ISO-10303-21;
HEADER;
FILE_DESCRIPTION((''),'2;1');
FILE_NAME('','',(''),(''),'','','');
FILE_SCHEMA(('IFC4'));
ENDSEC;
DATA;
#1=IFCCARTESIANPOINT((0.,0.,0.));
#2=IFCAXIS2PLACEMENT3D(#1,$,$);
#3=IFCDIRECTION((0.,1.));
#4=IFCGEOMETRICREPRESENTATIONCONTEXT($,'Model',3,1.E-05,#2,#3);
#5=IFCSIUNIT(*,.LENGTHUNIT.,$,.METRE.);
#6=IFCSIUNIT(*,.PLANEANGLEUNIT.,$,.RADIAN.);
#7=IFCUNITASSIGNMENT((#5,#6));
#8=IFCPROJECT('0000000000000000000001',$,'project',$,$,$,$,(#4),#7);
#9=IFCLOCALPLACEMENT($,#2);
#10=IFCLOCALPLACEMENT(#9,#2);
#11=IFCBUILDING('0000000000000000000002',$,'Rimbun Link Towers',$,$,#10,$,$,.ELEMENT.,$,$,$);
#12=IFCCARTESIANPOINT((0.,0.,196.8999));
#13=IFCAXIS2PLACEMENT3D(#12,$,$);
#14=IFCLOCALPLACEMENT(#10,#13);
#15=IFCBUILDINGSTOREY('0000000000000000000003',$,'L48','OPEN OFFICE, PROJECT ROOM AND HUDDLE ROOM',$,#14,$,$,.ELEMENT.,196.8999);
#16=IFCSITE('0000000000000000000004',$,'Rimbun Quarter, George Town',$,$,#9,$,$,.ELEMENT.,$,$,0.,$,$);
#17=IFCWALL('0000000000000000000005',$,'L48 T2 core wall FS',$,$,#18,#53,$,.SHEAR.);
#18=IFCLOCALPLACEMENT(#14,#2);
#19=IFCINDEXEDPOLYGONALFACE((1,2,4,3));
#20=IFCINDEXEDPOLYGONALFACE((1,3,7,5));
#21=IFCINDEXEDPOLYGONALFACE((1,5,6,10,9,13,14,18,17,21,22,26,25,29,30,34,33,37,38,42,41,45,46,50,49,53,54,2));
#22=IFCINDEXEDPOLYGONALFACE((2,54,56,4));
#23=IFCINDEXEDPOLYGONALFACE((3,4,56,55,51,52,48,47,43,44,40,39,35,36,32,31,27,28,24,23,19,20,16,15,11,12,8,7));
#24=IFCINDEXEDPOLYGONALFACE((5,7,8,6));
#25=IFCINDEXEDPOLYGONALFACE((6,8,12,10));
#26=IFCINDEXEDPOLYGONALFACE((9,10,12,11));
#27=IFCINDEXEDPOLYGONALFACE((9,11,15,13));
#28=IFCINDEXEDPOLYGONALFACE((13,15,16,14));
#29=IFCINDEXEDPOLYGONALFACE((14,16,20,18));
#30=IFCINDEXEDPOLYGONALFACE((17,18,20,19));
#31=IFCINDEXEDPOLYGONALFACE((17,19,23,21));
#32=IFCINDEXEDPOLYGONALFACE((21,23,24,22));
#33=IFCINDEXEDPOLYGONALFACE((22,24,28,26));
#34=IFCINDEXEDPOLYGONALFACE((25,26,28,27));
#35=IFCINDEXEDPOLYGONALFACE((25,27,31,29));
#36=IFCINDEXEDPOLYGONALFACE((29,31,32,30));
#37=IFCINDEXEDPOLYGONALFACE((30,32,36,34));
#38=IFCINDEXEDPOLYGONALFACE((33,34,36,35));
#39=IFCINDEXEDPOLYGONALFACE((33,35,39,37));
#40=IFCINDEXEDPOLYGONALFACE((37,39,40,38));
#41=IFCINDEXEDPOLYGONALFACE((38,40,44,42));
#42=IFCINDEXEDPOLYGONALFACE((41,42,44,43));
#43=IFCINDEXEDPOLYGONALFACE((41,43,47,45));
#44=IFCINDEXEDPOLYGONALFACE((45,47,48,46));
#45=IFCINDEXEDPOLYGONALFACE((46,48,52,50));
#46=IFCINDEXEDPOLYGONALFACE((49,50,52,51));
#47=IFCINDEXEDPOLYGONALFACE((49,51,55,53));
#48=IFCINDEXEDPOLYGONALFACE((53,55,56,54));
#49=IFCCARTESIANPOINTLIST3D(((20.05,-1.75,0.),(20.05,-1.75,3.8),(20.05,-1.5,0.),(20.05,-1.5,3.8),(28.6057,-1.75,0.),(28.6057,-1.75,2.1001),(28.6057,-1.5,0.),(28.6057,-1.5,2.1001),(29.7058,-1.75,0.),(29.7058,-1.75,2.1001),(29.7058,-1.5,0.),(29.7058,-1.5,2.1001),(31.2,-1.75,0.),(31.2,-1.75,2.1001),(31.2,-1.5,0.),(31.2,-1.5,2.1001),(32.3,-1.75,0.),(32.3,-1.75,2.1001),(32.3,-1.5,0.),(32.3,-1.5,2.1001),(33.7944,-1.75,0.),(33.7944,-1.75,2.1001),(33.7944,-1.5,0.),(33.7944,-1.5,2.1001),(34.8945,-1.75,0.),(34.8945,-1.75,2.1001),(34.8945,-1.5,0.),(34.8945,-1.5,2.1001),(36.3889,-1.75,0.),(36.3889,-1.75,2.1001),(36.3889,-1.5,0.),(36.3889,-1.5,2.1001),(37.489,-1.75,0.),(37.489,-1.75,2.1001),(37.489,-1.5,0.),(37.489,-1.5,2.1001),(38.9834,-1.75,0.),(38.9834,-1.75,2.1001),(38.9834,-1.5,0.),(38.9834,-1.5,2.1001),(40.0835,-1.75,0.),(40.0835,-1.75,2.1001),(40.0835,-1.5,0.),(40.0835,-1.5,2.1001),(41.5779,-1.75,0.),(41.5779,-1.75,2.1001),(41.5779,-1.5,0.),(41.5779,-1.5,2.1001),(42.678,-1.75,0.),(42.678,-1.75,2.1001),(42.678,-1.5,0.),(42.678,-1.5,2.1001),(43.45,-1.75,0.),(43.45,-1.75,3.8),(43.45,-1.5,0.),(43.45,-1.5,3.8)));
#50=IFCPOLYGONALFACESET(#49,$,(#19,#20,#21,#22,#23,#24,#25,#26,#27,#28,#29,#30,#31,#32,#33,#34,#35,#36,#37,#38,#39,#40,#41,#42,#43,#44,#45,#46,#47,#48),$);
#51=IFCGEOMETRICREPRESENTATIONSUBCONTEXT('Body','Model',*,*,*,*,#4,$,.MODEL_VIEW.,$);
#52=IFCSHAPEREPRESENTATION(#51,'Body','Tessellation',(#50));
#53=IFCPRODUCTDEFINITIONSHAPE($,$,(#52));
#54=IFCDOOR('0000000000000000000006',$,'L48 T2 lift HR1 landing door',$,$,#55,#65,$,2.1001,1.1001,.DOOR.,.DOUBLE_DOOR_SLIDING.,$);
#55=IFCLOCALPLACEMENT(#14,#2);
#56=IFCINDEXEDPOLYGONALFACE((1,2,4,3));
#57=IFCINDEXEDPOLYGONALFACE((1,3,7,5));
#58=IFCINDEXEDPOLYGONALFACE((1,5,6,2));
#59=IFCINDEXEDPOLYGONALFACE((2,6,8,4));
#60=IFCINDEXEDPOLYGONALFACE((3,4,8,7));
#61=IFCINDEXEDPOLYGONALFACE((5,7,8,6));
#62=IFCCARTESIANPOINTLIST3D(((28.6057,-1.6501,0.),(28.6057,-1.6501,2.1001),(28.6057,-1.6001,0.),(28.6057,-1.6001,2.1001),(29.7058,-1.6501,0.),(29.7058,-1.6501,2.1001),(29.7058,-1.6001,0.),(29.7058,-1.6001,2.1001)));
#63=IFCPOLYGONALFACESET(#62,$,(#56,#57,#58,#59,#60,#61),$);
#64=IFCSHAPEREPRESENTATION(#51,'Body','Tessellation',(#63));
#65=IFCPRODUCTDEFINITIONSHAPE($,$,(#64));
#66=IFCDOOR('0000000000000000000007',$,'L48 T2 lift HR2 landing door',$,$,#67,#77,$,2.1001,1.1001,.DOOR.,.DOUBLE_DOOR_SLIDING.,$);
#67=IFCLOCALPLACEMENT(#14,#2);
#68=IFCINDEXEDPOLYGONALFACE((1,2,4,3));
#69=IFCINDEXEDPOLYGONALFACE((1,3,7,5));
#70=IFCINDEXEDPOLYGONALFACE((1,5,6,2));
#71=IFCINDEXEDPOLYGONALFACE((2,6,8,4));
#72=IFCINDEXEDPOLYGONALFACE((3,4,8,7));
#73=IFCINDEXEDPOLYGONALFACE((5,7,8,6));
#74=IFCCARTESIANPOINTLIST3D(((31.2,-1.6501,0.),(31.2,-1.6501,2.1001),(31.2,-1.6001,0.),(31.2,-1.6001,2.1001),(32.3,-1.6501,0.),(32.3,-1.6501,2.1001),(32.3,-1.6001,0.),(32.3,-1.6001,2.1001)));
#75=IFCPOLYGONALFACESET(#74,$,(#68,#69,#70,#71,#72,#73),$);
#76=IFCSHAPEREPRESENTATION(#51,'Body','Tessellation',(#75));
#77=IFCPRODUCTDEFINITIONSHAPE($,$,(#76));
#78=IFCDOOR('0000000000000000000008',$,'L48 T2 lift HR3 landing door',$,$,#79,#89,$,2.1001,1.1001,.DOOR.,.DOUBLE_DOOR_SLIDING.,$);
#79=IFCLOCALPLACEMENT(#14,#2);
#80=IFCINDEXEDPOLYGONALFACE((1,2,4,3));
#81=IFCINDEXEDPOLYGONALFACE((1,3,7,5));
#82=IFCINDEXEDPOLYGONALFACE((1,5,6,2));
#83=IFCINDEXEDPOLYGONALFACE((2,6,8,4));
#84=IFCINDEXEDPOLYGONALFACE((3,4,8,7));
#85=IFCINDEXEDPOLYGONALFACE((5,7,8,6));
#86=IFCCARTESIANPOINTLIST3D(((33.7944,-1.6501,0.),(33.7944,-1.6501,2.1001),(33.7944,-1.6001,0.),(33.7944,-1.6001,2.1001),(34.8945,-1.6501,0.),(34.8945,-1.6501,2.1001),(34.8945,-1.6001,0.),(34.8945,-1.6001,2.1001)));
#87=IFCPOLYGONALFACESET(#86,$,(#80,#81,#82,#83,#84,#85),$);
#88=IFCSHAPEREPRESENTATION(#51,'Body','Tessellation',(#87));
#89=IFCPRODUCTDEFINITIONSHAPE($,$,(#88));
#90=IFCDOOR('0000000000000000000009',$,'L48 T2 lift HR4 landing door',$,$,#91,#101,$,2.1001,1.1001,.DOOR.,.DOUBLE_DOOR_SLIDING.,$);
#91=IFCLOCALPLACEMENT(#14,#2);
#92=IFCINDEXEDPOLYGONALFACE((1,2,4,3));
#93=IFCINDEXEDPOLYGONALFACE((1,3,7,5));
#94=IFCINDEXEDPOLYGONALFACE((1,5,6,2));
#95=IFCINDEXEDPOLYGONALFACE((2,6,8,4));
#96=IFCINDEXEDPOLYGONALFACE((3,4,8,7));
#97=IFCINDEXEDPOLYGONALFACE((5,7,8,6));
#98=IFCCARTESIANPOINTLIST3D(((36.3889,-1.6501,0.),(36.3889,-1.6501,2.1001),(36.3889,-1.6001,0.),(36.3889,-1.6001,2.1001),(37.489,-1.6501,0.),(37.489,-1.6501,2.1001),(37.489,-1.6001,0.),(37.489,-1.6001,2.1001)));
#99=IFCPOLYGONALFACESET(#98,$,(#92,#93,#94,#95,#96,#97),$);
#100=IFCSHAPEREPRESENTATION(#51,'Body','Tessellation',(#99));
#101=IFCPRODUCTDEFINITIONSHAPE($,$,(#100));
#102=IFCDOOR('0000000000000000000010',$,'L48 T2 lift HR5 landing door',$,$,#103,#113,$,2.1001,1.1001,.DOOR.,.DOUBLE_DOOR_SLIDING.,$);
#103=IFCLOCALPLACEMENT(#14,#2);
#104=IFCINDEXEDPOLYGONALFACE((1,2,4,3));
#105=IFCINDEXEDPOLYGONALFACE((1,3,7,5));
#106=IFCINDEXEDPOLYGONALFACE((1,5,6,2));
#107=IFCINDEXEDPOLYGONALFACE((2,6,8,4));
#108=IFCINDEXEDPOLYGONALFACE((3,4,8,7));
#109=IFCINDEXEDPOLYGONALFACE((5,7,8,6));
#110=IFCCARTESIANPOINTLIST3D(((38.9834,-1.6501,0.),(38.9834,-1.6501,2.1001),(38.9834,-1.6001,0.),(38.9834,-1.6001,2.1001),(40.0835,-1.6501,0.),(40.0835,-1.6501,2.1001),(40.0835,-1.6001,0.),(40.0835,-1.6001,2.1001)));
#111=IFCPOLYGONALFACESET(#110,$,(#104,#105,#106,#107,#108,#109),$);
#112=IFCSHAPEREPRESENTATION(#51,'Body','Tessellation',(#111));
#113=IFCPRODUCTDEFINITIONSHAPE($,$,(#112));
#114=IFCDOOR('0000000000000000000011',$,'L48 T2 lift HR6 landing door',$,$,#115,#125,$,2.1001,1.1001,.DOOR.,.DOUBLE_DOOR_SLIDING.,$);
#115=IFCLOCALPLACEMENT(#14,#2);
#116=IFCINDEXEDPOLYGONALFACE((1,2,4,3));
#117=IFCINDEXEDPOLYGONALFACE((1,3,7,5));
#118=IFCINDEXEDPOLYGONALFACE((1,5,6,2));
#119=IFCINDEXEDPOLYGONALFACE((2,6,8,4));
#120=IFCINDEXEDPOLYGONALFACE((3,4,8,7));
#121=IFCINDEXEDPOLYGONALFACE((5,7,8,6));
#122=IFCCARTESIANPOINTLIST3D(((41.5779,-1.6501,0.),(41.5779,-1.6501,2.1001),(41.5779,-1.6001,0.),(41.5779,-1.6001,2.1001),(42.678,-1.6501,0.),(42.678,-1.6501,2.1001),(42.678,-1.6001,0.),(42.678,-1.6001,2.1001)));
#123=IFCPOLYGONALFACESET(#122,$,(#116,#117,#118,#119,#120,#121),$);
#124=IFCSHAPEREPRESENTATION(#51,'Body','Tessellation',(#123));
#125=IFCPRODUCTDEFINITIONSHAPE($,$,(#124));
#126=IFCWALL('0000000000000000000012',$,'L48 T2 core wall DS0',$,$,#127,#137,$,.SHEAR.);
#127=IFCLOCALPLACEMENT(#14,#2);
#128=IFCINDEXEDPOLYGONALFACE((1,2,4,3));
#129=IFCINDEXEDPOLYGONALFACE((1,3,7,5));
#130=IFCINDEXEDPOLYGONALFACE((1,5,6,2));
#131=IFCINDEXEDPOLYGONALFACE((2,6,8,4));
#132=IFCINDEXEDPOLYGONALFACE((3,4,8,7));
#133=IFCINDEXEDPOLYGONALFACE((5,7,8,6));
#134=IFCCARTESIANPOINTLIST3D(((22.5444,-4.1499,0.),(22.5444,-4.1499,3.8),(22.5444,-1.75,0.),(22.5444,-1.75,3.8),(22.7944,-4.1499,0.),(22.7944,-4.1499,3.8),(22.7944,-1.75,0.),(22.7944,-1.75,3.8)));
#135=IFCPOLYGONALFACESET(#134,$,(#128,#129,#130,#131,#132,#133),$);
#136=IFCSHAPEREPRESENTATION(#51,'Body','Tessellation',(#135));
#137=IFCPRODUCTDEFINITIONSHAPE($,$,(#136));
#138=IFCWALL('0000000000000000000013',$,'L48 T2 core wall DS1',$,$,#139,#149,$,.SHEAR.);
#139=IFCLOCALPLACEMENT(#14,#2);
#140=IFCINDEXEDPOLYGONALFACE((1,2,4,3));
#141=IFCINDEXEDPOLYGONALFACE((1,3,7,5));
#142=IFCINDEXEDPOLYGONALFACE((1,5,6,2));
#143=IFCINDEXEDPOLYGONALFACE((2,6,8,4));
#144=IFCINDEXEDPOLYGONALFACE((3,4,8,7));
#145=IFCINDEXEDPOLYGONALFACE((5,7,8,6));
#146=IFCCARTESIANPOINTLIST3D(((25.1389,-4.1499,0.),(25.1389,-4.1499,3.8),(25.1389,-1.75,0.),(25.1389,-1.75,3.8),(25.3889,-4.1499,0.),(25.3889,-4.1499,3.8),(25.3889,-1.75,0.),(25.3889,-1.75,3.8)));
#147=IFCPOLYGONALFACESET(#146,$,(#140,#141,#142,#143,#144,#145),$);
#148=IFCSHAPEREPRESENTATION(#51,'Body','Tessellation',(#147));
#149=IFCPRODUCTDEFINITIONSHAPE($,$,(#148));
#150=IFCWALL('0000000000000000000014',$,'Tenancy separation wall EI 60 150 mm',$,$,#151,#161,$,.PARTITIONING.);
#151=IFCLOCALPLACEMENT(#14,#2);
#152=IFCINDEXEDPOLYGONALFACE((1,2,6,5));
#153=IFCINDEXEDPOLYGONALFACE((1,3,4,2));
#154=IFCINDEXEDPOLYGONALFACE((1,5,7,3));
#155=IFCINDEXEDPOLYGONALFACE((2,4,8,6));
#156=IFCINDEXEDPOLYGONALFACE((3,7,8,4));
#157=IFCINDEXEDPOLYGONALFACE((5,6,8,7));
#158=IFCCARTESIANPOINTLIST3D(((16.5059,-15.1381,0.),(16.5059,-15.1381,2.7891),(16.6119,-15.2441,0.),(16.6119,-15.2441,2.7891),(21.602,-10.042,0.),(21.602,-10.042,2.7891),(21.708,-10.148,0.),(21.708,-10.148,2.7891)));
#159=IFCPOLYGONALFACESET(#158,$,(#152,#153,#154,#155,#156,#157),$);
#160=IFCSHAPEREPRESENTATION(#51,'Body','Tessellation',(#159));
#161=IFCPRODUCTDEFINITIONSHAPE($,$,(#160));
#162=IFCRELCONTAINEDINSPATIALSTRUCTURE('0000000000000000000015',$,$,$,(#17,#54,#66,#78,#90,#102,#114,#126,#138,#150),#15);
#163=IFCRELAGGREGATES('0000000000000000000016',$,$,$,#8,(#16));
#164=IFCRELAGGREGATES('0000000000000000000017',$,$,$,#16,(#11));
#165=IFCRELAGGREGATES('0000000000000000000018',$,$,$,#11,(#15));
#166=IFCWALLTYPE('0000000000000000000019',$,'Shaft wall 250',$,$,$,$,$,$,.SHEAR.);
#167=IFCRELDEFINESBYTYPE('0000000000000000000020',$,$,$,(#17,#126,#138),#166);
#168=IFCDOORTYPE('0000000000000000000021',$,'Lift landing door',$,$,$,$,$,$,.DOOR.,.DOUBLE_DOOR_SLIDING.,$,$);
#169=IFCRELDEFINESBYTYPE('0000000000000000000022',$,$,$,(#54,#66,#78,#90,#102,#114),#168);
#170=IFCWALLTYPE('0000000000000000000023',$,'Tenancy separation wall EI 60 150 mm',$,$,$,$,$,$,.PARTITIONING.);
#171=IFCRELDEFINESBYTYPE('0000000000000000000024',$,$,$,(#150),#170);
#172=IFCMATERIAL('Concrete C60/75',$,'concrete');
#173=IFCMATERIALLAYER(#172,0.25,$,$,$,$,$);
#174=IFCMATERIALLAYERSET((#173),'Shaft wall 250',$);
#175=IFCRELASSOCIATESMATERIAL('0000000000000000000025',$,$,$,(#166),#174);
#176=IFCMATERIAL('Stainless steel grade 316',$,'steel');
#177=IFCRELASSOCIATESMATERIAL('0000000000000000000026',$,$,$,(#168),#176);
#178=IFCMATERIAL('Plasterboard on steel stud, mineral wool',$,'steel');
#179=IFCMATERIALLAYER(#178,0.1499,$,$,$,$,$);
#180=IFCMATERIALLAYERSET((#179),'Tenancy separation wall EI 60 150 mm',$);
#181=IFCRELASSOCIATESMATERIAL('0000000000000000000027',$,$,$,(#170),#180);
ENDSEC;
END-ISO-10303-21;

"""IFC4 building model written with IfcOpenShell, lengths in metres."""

from ifc_helpers import new_model, si_unit, direction, frame, frame_2d, origin, place, context, subcontext, project, spatial, rectangle, extrude, material, layer, layer_set, type_object, element, fill, save


model = new_model("IFC4")

# Units and contexts
model_context = context("Model", 3, precision=1e-05, world=origin(), true_north=direction((0.0, 1.0)))
body_context = subcontext(model_context, "Body", "Model", "MODEL_VIEW")
ifc_project = project(units=[si_unit("LENGTHUNIT", "METRE"), si_unit("PLANEANGLEUNIT", "RADIAN")], contexts=[model_context])

# Site, building, storey
site_placement = place(None, origin())
site = spatial("IfcSite", under=ifc_project, at=site_placement, Name="Rimbun Quarter, George Town", CompositionType="ELEMENT", RefElevation=0.0)
building_placement = place(site_placement, origin())
building = spatial("IfcBuilding", under=site, at=building_placement, Name="Rimbun Link Towers", CompositionType="ELEMENT")
storey_placement = place(building_placement, frame((0.0, 0.0, 196.8999)))
storey = spatial("IfcBuildingStorey", under=building, at=storey_placement, Name="L48", Description="OPEN OFFICE, PROJECT ROOM AND HUDDLE ROOM", CompositionType="ELEMENT", Elevation=196.8999)

# Shared definitions
ifc_material_1 = material(Name="Concrete C60/75", Category="concrete")
ifc_layer_1 = layer(ifc_material_1, 0.25)
ifc_layer_set_1 = layer_set([ifc_layer_1], Name="Shaft wall 250")
wall_type_1 = type_object("IfcWallType", Name="Shaft wall 250", PredefinedType="SHEAR", material=ifc_layer_set_1)

# Wall, openings, doors
wall_1_placement = place(storey_placement, frame((20.05, -1.625, 0.0), z_axis=(0.0, 0.0, 1.0), x_axis=(1.0, 0.0, 0.0)))
wall_1 = element("IfcWall", 1, at=wall_1_placement, inside=storey, type_object=wall_type_1, Name="L48 T2 core wall FS", PredefinedType="SHEAR", context=body_context, shape_type="SweptSolid", body=[
    extrude(rectangle(XDim=23.3999, YDim=0.25, at=frame_2d((11.7, 0.0))), origin(), (0.0, 0.0, 1.0), 3.8),
])
opening_1_placement = place(wall_1_placement, frame((8.5557, 0.0, 0.0)))
opening_1 = element("IfcOpeningElement", 2, at=opening_1_placement, cuts=wall_1, PredefinedType="OPENING", context=body_context, shape_type="SweptSolid", body=[
    extrude(rectangle(XDim=1.1001, YDim=2.1001, at=frame_2d((0.55, 1.05))), frame((0.0, 0.135, 0.0), z_axis=(0.0, -1.0, 0.0), x_axis=(1.0, 0.0, 0.0)), (0.0, 0.0, 1.0), 0.27),
])
opening_2_placement = place(wall_1_placement, frame((11.1499, 0.0, 0.0)))
opening_2 = element("IfcOpeningElement", 3, at=opening_2_placement, cuts=wall_1, PredefinedType="OPENING", context=body_context, shape_type="SweptSolid", body=[
    extrude(rectangle(XDim=1.1001, YDim=2.1001, at=frame_2d((0.55, 1.05))), frame((0.0, 0.135, 0.0), z_axis=(0.0, -1.0, 0.0), x_axis=(1.0, 0.0, 0.0)), (0.0, 0.0, 1.0), 0.27),
])
opening_3_placement = place(wall_1_placement, frame((13.7444, 0.0, 0.0)))
opening_3 = element("IfcOpeningElement", 4, at=opening_3_placement, cuts=wall_1, PredefinedType="OPENING", context=body_context, shape_type="SweptSolid", body=[
    extrude(rectangle(XDim=1.1001, YDim=2.1001, at=frame_2d((0.55, 1.05))), frame((0.0, 0.135, 0.0), z_axis=(0.0, -1.0, 0.0), x_axis=(1.0, 0.0, 0.0)), (0.0, 0.0, 1.0), 0.27),
])
opening_4_placement = place(wall_1_placement, frame((16.3389, 0.0, 0.0)))
opening_4 = element("IfcOpeningElement", 5, at=opening_4_placement, cuts=wall_1, PredefinedType="OPENING", context=body_context, shape_type="SweptSolid", body=[
    extrude(rectangle(XDim=1.1001, YDim=2.1001, at=frame_2d((0.55, 1.05))), frame((0.0, 0.135, 0.0), z_axis=(0.0, -1.0, 0.0), x_axis=(1.0, 0.0, 0.0)), (0.0, 0.0, 1.0), 0.27),
])
opening_5_placement = place(wall_1_placement, frame((18.9333, 0.0, 0.0)))
opening_5 = element("IfcOpeningElement", 6, at=opening_5_placement, cuts=wall_1, PredefinedType="OPENING", context=body_context, shape_type="SweptSolid", body=[
    extrude(rectangle(XDim=1.1001, YDim=2.1001, at=frame_2d((0.55, 1.05))), frame((0.0, 0.135, 0.0), z_axis=(0.0, -1.0, 0.0), x_axis=(1.0, 0.0, 0.0)), (0.0, 0.0, 1.0), 0.27),
])
opening_6_placement = place(wall_1_placement, frame((21.5278, 0.0, 0.0)))
opening_6 = element("IfcOpeningElement", 7, at=opening_6_placement, cuts=wall_1, PredefinedType="OPENING", context=body_context, shape_type="SweptSolid", body=[
    extrude(rectangle(XDim=1.1001, YDim=2.1001, at=frame_2d((0.55, 1.05))), frame((0.0, 0.135, 0.0), z_axis=(0.0, -1.0, 0.0), x_axis=(1.0, 0.0, 0.0)), (0.0, 0.0, 1.0), 0.27),
])
ifc_material_2 = material(Name="Stainless steel grade 316", Category="steel")
door_type = type_object("IfcDoorType", Name="Lift landing door", OperationType="DOUBLE_DOOR_SLIDING", PredefinedType="DOOR", material=ifc_material_2)
door_1_placement = place(opening_1_placement, origin())
door_1 = element("IfcDoor", 8, at=door_1_placement, inside=storey, type_object=door_type, Name="L48 T2 lift HR1 landing door", OperationType="DOUBLE_DOOR_SLIDING", OverallHeight=2.1001, OverallWidth=1.1001, PredefinedType="DOOR", context=body_context, shape_type="SweptSolid", body=[
    extrude(rectangle(XDim=1.1001, YDim=2.1001, at=frame_2d((0.55, 1.05))), frame((0.0, 0.0249, 0.0), z_axis=(0.0, -1.0, 0.0), x_axis=(1.0, 0.0, 0.0)), (0.0, 0.0, 1.0), 0.05),
])
fill(opening_1, door_1)
door_2_placement = place(opening_2_placement, origin())
door_2 = element("IfcDoor", 9, at=door_2_placement, inside=storey, type_object=door_type, Name="L48 T2 lift HR2 landing door", OperationType="DOUBLE_DOOR_SLIDING", OverallHeight=2.1001, OverallWidth=1.1001, PredefinedType="DOOR", context=body_context, shape_type="SweptSolid", body=[
    extrude(rectangle(XDim=1.1001, YDim=2.1001, at=frame_2d((0.55, 1.05))), frame((0.0, 0.0249, 0.0), z_axis=(0.0, -1.0, 0.0), x_axis=(1.0, 0.0, 0.0)), (0.0, 0.0, 1.0), 0.05),
])
fill(opening_2, door_2)
door_3_placement = place(opening_3_placement, origin())
door_3 = element("IfcDoor", 10, at=door_3_placement, inside=storey, type_object=door_type, Name="L48 T2 lift HR3 landing door", OperationType="DOUBLE_DOOR_SLIDING", OverallHeight=2.1001, OverallWidth=1.1001, PredefinedType="DOOR", context=body_context, shape_type="SweptSolid", body=[
    extrude(rectangle(XDim=1.1001, YDim=2.1001, at=frame_2d((0.55, 1.05))), frame((0.0, 0.0249, 0.0), z_axis=(0.0, -1.0, 0.0), x_axis=(1.0, 0.0, 0.0)), (0.0, 0.0, 1.0), 0.05),
])
fill(opening_3, door_3)
door_4_placement = place(opening_4_placement, origin())
door_4 = element("IfcDoor", 11, at=door_4_placement, inside=storey, type_object=door_type, Name="L48 T2 lift HR4 landing door", OperationType="DOUBLE_DOOR_SLIDING", OverallHeight=2.1001, OverallWidth=1.1001, PredefinedType="DOOR", context=body_context, shape_type="SweptSolid", body=[
    extrude(rectangle(XDim=1.1001, YDim=2.1001, at=frame_2d((0.55, 1.05))), frame((0.0, 0.0249, 0.0), z_axis=(0.0, -1.0, 0.0), x_axis=(1.0, 0.0, 0.0)), (0.0, 0.0, 1.0), 0.05),
])
fill(opening_4, door_4)
door_5_placement = place(opening_5_placement, origin())
door_5 = element("IfcDoor", 12, at=door_5_placement, inside=storey, type_object=door_type, Name="L48 T2 lift HR5 landing door", OperationType="DOUBLE_DOOR_SLIDING", OverallHeight=2.1001, OverallWidth=1.1001, PredefinedType="DOOR", context=body_context, shape_type="SweptSolid", body=[
    extrude(rectangle(XDim=1.1001, YDim=2.1001, at=frame_2d((0.55, 1.05))), frame((0.0, 0.0249, 0.0), z_axis=(0.0, -1.0, 0.0), x_axis=(1.0, 0.0, 0.0)), (0.0, 0.0, 1.0), 0.05),
])
fill(opening_5, door_5)
door_6_placement = place(opening_6_placement, origin())
door_6 = element("IfcDoor", 13, at=door_6_placement, inside=storey, type_object=door_type, Name="L48 T2 lift HR6 landing door", OperationType="DOUBLE_DOOR_SLIDING", OverallHeight=2.1001, OverallWidth=1.1001, PredefinedType="DOOR", context=body_context, shape_type="SweptSolid", body=[
    extrude(rectangle(XDim=1.1001, YDim=2.1001, at=frame_2d((0.55, 1.05))), frame((0.0, 0.0249, 0.0), z_axis=(0.0, -1.0, 0.0), x_axis=(1.0, 0.0, 0.0)), (0.0, 0.0, 1.0), 0.05),
])
fill(opening_6, door_6)

# Walls
for number, where, z_axis, x_axis, name in (
    (14, (22.6694, -4.1499, 0.0), (0.0, 0.0, 1.0), (0.0, 1.0, 0.0), "L48 T2 core wall DS0"),
    (15, (25.2639, -4.1499, 0.0), (0.0, 0.0, 1.0), (0.0, 1.0, 0.0), "L48 T2 core wall DS1"),
):
    element("IfcWall", number, at=place(storey_placement, frame(where, z_axis=z_axis, x_axis=x_axis)), inside=storey, type_object=wall_type_1, Name=name, PredefinedType="SHEAR", context=body_context, shape_type="SweptSolid", body=[
        extrude(rectangle(XDim=2.3999, YDim=0.25, at=frame_2d((1.2, 0.0))), origin(), (0.0, 0.0, 1.0), 3.8),
    ])
ifc_material_3 = material(Name="Plasterboard on steel stud, mineral wool", Category="steel")
ifc_layer_2 = layer(ifc_material_3, 0.1499)
ifc_layer_set_2 = layer_set([ifc_layer_2], Name="Tenancy separation wall EI 60 150 mm")
wall_type_2 = type_object("IfcWallType", Name="Tenancy separation wall EI 60 150 mm", PredefinedType="PARTITIONING", material=ifc_layer_set_2)
wall_2_placement = place(storey_placement, frame((21.655, -10.095, 0.0), z_axis=(0.0, 0.0, 1.0), x_axis=(-0.707107, -0.707107, 0.0)))
element("IfcWall", 16, at=wall_2_placement, inside=storey, type_object=wall_type_2, Name="Tenancy separation wall EI 60 150 mm", PredefinedType="PARTITIONING", context=body_context, shape_type="SweptSolid", body=[
    extrude(rectangle(XDim=7.207, YDim=0.1499, at=frame_2d((3.6035, 0.0))), origin(), (0.0, 0.0, 1.0), 2.7891),
])

save(model, "model.ifc")
